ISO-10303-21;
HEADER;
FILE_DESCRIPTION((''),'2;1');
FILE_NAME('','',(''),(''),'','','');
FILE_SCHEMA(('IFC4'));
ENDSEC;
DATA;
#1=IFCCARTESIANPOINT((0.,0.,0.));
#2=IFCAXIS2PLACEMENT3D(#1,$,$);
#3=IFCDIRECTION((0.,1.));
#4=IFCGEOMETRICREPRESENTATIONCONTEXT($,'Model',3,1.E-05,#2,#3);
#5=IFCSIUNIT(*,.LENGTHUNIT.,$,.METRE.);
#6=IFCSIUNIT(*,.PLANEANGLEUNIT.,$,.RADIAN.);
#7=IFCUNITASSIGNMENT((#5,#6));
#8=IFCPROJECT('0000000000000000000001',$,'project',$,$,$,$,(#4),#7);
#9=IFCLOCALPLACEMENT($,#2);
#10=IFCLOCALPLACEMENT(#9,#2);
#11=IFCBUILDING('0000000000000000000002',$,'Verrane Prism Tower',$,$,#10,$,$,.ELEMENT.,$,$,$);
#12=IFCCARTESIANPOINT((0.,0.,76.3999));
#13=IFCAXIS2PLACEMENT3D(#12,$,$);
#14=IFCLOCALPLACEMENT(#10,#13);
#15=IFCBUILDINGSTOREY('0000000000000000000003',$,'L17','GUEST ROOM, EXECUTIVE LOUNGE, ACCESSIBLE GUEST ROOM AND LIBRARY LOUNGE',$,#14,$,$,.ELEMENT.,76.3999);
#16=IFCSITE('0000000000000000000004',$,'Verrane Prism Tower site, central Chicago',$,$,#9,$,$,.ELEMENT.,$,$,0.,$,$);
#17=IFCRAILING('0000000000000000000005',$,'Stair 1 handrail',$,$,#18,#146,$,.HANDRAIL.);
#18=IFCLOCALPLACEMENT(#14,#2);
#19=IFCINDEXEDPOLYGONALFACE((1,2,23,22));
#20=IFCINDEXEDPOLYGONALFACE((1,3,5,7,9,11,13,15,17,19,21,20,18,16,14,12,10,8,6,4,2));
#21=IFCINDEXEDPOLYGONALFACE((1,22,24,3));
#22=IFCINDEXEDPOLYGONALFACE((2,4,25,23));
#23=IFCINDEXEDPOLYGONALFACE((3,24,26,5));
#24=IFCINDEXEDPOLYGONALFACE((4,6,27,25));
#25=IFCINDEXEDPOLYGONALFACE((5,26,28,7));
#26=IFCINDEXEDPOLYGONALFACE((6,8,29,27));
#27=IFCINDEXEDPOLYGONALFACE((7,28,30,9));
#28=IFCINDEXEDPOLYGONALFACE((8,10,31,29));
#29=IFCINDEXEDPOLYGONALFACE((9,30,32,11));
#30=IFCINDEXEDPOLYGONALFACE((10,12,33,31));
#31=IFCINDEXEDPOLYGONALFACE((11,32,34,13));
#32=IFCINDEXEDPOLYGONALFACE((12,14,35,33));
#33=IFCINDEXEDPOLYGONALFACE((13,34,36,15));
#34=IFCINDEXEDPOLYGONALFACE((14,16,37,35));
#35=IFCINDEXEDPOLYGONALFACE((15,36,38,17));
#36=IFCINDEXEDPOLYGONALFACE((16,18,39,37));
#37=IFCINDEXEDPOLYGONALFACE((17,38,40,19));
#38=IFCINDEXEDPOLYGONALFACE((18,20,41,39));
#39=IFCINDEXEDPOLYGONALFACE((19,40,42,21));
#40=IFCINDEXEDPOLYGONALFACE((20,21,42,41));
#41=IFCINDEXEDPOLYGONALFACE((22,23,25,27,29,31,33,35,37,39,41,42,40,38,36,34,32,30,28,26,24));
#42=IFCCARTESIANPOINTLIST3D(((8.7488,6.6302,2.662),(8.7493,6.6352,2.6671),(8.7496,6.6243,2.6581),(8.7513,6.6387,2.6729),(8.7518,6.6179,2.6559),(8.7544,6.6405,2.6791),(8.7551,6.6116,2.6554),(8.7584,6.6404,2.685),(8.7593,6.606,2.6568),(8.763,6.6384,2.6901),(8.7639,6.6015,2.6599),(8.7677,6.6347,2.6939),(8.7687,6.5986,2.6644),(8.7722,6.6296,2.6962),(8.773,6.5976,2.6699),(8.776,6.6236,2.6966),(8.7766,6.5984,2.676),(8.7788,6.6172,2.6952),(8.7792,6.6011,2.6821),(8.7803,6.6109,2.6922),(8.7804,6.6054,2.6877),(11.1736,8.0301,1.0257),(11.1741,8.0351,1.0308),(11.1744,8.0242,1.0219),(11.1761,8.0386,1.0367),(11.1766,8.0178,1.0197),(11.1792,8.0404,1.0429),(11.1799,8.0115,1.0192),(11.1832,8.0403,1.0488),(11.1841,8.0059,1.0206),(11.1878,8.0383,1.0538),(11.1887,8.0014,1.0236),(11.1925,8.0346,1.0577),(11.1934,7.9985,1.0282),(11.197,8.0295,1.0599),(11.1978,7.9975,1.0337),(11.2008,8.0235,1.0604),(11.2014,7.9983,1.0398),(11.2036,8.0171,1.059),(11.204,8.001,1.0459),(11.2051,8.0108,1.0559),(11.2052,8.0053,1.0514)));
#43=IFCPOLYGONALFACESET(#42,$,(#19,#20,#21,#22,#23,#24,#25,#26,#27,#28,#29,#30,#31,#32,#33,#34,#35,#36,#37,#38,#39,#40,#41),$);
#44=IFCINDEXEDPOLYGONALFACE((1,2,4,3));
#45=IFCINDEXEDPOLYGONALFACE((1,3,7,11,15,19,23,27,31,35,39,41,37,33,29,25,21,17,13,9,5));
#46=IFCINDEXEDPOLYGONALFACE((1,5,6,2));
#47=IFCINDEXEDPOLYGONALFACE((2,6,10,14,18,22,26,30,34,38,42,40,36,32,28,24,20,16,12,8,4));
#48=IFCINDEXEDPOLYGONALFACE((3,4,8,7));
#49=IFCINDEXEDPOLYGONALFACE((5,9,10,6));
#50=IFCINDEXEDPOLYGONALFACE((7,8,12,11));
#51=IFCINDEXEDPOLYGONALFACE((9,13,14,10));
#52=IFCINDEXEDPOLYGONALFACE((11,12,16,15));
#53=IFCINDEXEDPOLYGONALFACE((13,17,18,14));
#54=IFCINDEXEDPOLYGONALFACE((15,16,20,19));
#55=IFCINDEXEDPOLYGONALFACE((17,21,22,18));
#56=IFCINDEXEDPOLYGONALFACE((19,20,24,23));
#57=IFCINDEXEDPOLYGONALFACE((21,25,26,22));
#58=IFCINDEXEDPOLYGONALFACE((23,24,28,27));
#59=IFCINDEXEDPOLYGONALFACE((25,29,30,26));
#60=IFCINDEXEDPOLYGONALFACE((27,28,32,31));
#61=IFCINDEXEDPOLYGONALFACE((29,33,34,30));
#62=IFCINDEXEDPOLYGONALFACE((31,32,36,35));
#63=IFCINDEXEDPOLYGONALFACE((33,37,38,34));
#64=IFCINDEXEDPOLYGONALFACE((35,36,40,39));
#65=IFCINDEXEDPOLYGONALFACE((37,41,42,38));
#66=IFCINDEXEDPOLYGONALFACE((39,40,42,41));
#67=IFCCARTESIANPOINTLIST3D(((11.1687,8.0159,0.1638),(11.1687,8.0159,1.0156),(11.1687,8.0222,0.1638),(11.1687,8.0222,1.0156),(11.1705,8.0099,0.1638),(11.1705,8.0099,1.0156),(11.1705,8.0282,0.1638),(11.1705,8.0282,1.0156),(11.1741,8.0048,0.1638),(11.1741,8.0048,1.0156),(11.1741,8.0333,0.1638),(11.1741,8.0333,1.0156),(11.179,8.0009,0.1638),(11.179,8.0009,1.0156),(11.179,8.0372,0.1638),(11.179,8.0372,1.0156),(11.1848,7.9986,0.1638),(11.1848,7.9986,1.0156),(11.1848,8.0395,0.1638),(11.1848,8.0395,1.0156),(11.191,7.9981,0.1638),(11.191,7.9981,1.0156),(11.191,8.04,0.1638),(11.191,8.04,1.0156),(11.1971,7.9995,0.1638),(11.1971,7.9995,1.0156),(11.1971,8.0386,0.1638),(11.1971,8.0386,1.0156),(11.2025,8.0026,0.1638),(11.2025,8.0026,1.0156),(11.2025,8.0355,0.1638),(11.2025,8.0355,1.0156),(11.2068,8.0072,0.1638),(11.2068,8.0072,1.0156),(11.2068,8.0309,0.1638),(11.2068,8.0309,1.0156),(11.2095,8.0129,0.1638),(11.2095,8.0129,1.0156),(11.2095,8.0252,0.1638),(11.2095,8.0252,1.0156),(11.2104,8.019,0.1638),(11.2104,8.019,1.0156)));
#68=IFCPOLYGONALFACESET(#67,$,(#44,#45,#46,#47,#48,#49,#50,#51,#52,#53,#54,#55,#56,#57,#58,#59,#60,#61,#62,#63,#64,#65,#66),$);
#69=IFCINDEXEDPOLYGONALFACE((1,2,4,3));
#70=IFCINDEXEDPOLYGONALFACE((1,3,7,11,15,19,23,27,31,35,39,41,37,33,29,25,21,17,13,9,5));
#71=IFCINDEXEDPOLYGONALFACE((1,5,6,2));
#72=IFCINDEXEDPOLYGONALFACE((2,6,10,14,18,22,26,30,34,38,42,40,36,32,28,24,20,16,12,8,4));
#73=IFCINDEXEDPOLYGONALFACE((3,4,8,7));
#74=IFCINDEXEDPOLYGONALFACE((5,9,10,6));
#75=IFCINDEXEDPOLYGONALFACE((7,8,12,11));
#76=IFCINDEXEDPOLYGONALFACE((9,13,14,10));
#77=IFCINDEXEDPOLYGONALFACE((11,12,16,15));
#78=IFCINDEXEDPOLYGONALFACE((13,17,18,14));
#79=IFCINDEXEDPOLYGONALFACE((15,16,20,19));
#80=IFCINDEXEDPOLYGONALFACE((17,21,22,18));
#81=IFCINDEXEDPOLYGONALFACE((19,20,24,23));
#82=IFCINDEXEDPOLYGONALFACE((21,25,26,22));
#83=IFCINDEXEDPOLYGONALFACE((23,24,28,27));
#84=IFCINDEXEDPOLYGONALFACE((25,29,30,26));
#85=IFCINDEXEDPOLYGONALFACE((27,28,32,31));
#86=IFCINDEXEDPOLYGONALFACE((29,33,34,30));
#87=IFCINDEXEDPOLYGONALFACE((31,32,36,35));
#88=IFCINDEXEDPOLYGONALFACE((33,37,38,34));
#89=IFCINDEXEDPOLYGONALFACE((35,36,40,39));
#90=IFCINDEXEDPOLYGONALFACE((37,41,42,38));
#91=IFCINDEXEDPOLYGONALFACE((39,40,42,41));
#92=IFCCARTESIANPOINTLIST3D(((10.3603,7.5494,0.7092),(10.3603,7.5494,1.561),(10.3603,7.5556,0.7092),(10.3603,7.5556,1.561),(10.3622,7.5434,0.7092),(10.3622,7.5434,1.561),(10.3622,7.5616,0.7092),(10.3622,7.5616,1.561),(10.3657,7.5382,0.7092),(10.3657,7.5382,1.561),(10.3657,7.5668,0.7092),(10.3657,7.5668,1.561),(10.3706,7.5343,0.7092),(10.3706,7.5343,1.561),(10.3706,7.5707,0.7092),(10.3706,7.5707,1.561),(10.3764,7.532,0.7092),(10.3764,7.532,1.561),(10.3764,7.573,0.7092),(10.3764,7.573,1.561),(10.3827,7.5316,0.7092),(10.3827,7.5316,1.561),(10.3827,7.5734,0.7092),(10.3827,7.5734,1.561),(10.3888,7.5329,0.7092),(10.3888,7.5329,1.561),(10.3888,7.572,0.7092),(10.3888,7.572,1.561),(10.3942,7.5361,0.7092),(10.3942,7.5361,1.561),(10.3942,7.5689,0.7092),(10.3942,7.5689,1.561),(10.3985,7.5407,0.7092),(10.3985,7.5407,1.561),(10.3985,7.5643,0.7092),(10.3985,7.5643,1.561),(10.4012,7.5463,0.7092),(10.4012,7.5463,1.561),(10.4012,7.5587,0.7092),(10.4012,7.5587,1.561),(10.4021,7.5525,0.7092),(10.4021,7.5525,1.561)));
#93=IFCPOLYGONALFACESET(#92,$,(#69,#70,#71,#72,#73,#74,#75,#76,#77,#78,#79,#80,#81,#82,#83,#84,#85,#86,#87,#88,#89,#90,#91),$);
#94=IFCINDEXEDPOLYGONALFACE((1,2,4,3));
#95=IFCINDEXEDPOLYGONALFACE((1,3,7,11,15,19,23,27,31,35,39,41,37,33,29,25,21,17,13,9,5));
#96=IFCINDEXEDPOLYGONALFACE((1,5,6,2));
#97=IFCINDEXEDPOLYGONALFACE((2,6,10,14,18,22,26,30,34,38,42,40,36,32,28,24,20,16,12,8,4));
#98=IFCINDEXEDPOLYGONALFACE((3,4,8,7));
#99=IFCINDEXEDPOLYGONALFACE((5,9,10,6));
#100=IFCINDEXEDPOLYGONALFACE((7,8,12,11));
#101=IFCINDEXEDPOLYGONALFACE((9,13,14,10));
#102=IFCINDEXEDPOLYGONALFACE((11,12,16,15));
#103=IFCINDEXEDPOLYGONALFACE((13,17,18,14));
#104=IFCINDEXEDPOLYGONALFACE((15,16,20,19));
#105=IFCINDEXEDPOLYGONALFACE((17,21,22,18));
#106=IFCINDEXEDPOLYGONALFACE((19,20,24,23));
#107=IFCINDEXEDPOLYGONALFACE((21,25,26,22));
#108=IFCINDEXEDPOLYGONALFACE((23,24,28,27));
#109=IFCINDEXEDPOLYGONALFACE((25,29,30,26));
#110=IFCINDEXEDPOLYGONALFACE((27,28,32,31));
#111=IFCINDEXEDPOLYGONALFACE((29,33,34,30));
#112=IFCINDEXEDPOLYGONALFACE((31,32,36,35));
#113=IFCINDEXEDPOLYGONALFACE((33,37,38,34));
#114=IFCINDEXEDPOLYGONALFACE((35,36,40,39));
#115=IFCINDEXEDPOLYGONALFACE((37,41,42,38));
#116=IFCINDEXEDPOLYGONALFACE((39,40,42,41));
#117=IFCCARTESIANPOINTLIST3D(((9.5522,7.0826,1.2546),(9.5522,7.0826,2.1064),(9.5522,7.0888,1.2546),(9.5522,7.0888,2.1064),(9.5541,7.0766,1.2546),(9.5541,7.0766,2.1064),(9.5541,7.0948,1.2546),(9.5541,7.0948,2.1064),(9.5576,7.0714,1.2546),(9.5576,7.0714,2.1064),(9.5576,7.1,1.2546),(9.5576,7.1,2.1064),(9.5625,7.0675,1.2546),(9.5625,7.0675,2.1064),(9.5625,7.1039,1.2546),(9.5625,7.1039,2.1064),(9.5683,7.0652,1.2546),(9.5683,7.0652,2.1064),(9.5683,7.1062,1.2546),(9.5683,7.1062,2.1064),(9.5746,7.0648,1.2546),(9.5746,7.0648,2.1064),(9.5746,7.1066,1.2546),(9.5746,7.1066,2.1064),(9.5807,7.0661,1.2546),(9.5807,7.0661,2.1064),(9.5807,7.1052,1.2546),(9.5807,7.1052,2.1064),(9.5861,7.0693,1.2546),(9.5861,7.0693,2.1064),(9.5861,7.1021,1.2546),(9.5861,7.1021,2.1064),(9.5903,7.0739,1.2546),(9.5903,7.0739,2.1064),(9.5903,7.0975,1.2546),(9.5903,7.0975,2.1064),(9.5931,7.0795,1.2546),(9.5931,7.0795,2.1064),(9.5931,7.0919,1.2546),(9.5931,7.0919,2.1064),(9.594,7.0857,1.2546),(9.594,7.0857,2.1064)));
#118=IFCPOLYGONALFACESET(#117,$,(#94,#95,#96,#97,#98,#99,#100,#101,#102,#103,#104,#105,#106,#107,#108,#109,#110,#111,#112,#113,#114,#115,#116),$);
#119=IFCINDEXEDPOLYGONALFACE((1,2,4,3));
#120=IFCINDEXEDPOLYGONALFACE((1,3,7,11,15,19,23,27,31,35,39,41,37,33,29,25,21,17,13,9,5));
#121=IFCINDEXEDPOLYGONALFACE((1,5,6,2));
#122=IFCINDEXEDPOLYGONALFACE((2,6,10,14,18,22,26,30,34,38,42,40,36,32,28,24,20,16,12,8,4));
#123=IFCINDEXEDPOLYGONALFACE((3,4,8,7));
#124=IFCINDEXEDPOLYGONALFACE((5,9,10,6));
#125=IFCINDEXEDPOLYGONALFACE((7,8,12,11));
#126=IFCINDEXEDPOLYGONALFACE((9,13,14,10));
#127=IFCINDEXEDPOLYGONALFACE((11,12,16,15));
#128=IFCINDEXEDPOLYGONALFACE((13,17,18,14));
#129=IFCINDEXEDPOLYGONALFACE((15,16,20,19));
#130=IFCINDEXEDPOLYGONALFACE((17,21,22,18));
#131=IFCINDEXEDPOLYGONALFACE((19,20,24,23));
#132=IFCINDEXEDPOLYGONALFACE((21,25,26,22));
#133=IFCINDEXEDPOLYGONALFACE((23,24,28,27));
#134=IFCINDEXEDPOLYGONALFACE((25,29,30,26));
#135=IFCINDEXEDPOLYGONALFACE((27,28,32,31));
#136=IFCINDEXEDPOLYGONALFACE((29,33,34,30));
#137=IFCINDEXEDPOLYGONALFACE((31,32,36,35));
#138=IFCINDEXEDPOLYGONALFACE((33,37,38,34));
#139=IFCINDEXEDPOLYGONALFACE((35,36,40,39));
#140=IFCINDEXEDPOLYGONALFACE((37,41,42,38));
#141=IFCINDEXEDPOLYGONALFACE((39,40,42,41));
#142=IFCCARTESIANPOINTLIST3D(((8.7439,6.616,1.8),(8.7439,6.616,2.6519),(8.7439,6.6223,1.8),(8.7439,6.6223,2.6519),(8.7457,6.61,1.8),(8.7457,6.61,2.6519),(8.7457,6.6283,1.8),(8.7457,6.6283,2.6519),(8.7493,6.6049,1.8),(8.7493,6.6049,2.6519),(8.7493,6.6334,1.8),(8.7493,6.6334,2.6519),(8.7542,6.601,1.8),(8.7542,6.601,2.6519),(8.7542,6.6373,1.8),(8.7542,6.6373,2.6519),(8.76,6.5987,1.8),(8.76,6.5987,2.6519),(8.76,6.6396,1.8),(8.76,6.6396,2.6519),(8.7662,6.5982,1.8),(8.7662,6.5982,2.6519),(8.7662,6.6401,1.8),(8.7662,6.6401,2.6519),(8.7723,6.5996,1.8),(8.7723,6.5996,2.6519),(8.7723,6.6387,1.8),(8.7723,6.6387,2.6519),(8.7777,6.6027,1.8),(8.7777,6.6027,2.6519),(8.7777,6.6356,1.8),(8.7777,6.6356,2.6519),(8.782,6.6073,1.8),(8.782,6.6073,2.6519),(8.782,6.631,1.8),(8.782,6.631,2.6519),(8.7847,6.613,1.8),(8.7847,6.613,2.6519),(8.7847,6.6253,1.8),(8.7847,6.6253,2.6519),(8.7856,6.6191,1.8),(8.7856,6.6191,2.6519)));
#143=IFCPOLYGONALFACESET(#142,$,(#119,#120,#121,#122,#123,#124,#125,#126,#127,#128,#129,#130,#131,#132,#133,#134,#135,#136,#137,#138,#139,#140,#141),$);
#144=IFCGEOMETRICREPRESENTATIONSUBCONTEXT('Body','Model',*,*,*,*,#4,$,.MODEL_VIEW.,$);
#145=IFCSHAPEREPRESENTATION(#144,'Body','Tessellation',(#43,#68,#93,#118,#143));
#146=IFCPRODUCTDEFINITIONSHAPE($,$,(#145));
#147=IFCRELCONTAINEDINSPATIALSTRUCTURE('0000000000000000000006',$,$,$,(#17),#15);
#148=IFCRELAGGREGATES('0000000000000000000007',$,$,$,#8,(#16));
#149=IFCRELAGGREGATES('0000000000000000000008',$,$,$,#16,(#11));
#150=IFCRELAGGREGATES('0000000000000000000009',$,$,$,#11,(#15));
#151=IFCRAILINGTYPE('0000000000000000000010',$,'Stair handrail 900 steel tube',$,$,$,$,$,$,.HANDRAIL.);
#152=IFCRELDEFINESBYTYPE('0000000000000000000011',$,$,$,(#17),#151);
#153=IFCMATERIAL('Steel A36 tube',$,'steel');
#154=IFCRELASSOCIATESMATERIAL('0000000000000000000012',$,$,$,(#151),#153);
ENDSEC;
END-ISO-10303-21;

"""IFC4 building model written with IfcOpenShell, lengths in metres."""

from ifc_helpers import new_model, si_unit, direction, frame, origin, origin_2d, place, context, subcontext, project, spatial, circle, extrude, material, type_object, element, save


model = new_model("IFC4")

# Units and contexts
model_context = context("Model", 3, precision=1e-05, world=origin(), true_north=direction((0.0, 1.0)))
body_context = subcontext(model_context, "Body", "Model", "MODEL_VIEW")
ifc_project = project(units=[si_unit("LENGTHUNIT", "METRE"), si_unit("PLANEANGLEUNIT", "RADIAN")], contexts=[model_context])

# Site, building, storey
site_placement = place(None, origin())
site = spatial("IfcSite", under=ifc_project, at=site_placement, Name="Verrane Prism Tower site, central Chicago", CompositionType="ELEMENT", RefElevation=0.0)
building_placement = place(site_placement, origin())
building = spatial("IfcBuilding", under=site, at=building_placement, Name="Verrane Prism Tower", CompositionType="ELEMENT")
storey_placement = place(building_placement, frame((0.0, 0.0, 76.3999)))
storey = spatial("IfcBuildingStorey", under=building, at=storey_placement, Name="L17", Description="GUEST ROOM, EXECUTIVE LOUNGE, ACCESSIBLE GUEST ROOM AND LIBRARY LOUNGE", CompositionType="ELEMENT", Elevation=76.3999)

# Railing
ifc_material_1 = material(Name="Steel A36 tube", Category="steel")
railing_type_1 = type_object("IfcRailingType", Name="Stair handrail 900 steel tube", PredefinedType="HANDRAIL", material=ifc_material_1)
railing_1_placement = place(storey_placement, frame((11.1895, 8.019, 0.1638)))
element("IfcRailing", 1, at=railing_1_placement, inside=storey, type_object=railing_type_1, Name="Stair 1 handrail", PredefinedType="HANDRAIL", context=body_context, shape_type="SweptSolid", body=[
    extrude(circle(Radius=0.0239, at=origin_2d()), frame((0.0, 0.0, 0.876), z_axis=(-0.747718, -0.431677, 0.504552), x_axis=(0.499984, -0.866035, 0.0)), (0.0, 0.0, 1.0), 3.2429),
    extrude(circle(Radius=0.021, at=origin_2d()), origin(), (0.0, 0.0, 1.0), 0.8518),
    extrude(circle(Radius=0.021, at=origin_2d()), frame((-0.8083, -0.4666, 0.5454)), (0.0, 0.0, 1.0), 0.8518),
    extrude(circle(Radius=0.021, at=origin_2d()), frame((-1.6165, -0.9333, 1.0908)), (0.0, 0.0, 1.0), 0.8518),
    extrude(circle(Radius=0.021, at=origin_2d()), frame((-2.4248, -1.3999, 1.6362)), (0.0, 0.0, 1.0), 0.8518),
])

save(model, "model.ifc")
